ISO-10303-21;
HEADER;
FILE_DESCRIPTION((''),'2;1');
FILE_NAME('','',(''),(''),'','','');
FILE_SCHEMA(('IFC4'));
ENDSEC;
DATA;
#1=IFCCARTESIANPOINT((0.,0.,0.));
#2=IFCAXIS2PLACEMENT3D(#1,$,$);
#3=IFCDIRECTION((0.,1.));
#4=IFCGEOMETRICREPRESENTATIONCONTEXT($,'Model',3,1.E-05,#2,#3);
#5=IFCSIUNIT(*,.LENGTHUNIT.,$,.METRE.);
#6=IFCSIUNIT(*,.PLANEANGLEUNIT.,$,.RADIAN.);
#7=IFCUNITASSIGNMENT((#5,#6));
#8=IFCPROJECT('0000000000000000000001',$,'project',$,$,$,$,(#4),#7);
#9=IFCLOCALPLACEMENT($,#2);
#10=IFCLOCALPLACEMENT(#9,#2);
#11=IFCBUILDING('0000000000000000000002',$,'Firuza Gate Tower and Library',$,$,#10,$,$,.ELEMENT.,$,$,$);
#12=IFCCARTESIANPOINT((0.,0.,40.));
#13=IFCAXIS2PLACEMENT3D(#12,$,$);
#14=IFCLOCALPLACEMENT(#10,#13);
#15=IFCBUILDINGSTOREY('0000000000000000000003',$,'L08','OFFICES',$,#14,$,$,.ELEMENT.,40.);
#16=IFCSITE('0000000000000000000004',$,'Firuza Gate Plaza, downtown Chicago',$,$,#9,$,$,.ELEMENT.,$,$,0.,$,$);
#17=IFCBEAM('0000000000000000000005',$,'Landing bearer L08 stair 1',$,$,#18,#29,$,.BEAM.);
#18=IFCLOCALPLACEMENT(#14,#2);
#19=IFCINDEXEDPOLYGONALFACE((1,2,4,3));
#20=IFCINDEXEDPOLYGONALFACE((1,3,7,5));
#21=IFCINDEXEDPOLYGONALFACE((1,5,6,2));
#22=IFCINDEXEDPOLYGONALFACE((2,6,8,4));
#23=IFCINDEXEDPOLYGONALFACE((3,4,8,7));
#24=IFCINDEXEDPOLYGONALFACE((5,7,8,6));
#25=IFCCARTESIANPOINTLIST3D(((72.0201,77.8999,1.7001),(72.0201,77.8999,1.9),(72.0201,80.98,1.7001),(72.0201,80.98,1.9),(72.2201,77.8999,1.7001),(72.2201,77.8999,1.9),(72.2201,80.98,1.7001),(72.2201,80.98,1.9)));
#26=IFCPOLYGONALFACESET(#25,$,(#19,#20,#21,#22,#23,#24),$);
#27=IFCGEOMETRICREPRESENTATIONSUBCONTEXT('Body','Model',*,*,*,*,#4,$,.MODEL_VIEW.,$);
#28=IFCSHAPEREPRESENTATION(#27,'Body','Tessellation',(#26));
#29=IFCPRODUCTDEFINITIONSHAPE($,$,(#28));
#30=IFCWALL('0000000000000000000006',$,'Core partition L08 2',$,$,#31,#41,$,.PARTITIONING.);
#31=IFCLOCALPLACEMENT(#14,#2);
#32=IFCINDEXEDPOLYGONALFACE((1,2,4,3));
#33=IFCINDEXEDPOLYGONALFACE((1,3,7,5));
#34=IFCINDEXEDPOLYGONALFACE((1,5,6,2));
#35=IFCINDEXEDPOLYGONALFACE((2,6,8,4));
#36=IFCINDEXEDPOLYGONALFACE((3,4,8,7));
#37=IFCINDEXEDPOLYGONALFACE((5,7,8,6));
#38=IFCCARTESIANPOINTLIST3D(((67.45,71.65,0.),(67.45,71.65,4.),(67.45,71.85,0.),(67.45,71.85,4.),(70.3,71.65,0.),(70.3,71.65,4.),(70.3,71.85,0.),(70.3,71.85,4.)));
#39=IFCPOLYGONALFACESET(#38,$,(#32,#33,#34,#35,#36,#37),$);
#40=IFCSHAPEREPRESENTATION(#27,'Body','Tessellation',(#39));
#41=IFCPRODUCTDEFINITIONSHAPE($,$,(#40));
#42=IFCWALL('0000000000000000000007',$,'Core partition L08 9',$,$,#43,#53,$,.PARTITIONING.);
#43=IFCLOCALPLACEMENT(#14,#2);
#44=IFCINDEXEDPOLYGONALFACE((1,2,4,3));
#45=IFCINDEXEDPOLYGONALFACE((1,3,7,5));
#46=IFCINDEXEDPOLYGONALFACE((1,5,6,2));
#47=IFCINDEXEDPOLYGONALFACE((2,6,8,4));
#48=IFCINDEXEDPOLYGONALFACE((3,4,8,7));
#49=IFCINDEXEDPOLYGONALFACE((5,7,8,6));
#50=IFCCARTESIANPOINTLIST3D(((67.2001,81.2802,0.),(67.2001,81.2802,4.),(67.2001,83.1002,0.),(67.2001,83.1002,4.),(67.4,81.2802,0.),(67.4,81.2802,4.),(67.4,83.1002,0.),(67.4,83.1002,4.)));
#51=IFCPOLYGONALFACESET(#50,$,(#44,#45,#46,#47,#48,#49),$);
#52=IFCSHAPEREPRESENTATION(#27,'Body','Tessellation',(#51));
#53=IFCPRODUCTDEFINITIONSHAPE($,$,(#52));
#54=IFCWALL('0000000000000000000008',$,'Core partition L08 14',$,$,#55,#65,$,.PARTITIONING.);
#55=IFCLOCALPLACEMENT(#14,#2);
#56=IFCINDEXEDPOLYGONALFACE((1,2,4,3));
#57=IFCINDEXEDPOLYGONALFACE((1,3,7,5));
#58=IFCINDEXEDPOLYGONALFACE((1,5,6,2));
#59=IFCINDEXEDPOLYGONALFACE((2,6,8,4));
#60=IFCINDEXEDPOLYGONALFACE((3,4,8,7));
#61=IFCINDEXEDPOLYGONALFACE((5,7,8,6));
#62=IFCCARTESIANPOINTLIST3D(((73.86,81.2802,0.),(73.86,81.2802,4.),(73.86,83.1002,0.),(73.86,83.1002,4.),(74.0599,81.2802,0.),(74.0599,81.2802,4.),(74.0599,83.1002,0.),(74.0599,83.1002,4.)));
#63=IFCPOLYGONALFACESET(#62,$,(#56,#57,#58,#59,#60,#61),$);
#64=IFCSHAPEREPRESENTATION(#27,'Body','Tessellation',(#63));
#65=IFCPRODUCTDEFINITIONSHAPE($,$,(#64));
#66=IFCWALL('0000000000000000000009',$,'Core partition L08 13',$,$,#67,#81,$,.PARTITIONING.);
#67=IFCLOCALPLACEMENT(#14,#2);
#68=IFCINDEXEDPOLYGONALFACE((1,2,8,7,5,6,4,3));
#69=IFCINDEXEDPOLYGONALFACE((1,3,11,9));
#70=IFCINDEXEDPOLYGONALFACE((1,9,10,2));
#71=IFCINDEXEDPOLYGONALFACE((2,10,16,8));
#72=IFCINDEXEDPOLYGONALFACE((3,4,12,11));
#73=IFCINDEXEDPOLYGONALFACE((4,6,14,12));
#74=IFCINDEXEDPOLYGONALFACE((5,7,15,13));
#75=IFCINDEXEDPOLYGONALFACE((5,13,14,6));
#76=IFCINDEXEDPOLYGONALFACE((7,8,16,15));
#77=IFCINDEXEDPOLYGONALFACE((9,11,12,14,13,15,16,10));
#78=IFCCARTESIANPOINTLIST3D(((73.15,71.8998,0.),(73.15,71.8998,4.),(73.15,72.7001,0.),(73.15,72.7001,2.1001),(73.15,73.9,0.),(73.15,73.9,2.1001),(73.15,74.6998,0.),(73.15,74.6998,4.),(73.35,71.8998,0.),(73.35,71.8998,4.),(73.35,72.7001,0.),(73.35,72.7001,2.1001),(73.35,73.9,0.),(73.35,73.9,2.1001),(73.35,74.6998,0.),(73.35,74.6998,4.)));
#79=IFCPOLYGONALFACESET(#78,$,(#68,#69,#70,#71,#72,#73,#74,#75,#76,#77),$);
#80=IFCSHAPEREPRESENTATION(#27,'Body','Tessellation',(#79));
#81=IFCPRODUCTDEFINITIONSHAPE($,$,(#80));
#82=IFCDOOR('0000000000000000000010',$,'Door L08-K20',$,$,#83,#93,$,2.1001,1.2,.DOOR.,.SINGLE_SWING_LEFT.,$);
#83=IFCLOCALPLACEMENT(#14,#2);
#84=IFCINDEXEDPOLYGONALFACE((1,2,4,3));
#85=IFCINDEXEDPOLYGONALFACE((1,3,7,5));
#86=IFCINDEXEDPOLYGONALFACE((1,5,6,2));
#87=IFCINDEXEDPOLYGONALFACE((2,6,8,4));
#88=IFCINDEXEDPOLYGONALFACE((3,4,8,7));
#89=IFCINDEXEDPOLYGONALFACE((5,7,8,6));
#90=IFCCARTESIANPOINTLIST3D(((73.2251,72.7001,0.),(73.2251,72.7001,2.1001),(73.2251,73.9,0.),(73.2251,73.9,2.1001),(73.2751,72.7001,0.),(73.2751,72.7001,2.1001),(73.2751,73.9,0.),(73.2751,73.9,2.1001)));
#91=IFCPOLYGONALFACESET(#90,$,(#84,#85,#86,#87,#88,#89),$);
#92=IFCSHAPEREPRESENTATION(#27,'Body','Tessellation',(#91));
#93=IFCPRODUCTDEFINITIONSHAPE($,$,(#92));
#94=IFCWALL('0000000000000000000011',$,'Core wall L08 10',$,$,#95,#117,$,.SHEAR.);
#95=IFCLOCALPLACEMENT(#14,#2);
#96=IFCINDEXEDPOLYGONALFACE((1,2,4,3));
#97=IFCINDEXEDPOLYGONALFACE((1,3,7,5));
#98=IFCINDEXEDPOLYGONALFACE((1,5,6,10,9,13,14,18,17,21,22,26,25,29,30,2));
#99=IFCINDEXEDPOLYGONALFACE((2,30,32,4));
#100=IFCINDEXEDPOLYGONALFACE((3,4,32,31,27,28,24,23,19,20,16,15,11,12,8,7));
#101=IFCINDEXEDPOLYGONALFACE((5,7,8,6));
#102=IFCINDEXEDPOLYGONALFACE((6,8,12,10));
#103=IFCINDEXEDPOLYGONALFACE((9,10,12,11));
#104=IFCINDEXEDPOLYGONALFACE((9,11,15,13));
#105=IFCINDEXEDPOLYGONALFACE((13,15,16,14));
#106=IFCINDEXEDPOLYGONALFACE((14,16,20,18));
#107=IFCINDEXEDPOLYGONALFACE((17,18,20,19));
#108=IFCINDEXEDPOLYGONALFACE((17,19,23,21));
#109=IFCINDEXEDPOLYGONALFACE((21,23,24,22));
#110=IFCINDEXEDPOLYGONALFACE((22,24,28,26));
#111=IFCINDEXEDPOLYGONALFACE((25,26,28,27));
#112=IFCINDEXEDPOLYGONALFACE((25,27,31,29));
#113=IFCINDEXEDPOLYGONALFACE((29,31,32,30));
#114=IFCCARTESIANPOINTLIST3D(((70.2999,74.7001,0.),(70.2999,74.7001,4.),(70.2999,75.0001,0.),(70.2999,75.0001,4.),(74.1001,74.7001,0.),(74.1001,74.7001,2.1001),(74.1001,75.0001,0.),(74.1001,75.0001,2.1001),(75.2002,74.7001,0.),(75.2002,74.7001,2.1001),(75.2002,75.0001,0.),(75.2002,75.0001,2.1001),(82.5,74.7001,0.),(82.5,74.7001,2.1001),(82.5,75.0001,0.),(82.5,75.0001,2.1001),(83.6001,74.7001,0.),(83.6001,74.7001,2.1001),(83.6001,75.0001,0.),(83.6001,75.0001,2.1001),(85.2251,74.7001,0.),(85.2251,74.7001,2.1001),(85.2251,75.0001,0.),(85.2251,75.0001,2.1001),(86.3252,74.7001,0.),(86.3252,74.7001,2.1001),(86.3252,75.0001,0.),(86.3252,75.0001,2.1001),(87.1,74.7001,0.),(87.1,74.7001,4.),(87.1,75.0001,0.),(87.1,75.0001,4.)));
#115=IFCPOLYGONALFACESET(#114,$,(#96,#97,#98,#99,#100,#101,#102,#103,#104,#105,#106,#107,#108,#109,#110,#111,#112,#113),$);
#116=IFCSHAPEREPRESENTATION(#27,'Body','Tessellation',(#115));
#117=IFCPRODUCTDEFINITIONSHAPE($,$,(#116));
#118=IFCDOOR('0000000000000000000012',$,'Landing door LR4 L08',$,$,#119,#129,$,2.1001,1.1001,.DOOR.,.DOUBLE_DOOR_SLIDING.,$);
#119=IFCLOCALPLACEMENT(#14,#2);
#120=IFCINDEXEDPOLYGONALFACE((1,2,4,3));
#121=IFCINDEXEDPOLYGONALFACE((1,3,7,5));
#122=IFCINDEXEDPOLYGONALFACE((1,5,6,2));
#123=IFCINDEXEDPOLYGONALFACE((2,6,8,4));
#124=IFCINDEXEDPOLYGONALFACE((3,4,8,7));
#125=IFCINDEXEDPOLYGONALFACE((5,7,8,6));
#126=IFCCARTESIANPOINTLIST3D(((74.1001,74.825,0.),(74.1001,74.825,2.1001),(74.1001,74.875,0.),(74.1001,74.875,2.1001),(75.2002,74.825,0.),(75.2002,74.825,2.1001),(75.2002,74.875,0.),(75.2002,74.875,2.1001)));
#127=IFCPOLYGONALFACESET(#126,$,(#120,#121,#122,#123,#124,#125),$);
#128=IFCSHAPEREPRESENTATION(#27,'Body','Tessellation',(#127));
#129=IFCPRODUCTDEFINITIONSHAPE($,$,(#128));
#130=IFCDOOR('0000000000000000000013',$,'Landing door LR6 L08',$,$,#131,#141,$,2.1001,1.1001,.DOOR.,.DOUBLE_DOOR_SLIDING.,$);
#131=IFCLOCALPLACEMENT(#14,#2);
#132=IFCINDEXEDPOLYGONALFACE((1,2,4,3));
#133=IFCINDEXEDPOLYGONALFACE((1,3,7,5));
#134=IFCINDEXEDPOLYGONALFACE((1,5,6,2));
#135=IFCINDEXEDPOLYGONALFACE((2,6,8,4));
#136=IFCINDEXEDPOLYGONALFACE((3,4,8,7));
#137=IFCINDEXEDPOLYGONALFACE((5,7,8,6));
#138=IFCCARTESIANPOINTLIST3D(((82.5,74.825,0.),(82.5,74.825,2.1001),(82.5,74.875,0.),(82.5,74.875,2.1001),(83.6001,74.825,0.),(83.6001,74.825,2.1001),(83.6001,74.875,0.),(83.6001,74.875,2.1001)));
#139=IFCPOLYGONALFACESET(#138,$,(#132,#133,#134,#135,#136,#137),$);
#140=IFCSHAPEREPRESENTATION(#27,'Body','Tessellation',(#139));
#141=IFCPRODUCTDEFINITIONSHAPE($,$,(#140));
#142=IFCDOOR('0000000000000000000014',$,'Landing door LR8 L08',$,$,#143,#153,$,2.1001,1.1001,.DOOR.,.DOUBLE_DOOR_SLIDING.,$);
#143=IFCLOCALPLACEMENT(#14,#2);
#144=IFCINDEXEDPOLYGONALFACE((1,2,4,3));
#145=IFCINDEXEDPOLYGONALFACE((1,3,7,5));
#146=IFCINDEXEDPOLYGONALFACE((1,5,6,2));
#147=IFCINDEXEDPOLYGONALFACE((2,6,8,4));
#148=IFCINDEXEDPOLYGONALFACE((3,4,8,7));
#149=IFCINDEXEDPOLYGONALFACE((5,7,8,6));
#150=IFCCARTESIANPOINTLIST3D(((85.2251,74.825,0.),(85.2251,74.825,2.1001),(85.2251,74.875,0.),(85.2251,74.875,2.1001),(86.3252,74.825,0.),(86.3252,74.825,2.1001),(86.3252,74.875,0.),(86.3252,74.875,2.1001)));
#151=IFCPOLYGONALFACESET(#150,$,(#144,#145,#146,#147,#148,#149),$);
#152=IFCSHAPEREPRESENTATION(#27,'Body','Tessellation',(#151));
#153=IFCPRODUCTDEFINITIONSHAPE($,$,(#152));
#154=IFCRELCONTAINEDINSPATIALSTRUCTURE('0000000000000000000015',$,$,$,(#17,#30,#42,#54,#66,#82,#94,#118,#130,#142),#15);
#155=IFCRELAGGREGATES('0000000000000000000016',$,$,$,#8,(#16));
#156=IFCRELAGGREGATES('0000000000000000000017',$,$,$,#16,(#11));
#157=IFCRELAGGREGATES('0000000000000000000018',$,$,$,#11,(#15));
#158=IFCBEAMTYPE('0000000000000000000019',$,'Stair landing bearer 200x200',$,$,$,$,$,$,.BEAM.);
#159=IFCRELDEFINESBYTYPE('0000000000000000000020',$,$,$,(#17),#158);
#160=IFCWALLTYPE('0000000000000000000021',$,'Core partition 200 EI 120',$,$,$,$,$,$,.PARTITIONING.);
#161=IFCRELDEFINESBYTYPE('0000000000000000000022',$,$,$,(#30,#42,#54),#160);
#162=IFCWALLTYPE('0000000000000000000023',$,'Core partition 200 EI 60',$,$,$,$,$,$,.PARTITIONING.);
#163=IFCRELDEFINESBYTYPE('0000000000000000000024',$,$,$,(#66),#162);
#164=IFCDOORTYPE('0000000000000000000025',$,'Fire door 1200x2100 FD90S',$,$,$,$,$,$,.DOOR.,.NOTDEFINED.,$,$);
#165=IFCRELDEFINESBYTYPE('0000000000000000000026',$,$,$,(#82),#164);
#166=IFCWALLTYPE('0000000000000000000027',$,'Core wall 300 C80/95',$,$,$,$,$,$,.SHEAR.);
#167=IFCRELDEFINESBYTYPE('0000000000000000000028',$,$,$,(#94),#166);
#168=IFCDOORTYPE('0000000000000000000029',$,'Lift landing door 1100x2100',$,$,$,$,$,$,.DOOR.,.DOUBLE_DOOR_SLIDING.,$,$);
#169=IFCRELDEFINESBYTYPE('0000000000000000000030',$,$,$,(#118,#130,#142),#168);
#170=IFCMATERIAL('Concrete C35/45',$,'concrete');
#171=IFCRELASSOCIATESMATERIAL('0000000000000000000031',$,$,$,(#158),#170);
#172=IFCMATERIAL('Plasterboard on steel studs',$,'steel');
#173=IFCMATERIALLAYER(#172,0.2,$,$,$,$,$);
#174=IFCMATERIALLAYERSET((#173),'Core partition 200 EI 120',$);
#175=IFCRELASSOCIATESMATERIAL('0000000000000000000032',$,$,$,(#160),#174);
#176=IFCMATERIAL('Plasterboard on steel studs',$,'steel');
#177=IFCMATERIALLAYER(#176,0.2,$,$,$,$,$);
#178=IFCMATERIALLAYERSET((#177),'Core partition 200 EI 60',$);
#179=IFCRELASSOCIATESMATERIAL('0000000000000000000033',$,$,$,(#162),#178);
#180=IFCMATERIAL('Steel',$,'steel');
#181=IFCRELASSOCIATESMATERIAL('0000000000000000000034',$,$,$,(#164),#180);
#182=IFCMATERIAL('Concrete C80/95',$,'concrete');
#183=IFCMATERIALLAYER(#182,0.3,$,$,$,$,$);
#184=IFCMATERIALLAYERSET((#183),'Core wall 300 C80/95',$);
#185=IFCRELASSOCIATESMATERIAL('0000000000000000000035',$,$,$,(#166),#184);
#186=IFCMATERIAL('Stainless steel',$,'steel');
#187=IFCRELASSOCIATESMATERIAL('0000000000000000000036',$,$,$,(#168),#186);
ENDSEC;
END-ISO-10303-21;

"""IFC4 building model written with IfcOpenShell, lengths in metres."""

from ifc_helpers import new_model, si_unit, direction, frame, frame_2d, origin, origin_2d, place, context, subcontext, project, spatial, rectangle, extrude, material, layer, layer_set, material_profile, profile_set, type_object, element, fill, save


model = new_model("IFC4")

# Units and contexts
model_context = context("Model", 3, precision=1e-05, world=origin(), true_north=direction((0.0, 1.0)))
body_context = subcontext(model_context, "Body", "Model", "MODEL_VIEW")
ifc_project = project(units=[si_unit("LENGTHUNIT", "METRE"), si_unit("PLANEANGLEUNIT", "RADIAN")], contexts=[model_context])

# Site, building, storey
site_placement = place(None, origin())
site = spatial("IfcSite", under=ifc_project, at=site_placement, Name="Firuza Gate Plaza, downtown Chicago", CompositionType="ELEMENT", RefElevation=0.0)
building_placement = place(site_placement, origin())
building = spatial("IfcBuilding", under=site, at=building_placement, Name="Firuza Gate Tower and Library", CompositionType="ELEMENT")
storey_placement = place(building_placement, frame((0.0, 0.0, 40.0)))
storey = spatial("IfcBuildingStorey", under=building, at=storey_placement, Name="L08", Description="OFFICES", CompositionType="ELEMENT", Elevation=40.0)

# Beam
ifc_material_1 = material(Name="Concrete C35/45", Category="concrete")
ifc_material_profile = material_profile(ifc_material_1, rectangle(XDim=0.2, YDim=0.2, at=origin_2d()))
ifc_profile_set = profile_set([ifc_material_profile], Name="Concrete C35/45")
beam_type = type_object("IfcBeamType", Name="Stair landing bearer 200x200", PredefinedType="BEAM", material=ifc_profile_set)
beam_placement = place(storey_placement, frame((72.1201, 77.8999, 1.8), z_axis=(0.0, 1.0, 0.0), x_axis=(-1.0, 0.0, 0.0)))
element("IfcBeam", 1, at=beam_placement, inside=storey, type_object=beam_type, Name="Landing bearer L08 stair 1", PredefinedType="BEAM", context=body_context, shape_type="SweptSolid", body=[
    extrude(rectangle(XDim=0.2, YDim=0.2, at=origin_2d()), origin(), (0.0, 0.0, 1.0), 3.0801),
])

# Walls
ifc_material_2 = material(Name="Plasterboard on steel studs", Category="steel")
ifc_layer_1 = layer(ifc_material_2, 0.2)
ifc_layer_set_1 = layer_set([ifc_layer_1], Name="Core partition 200 EI 120")
wall_type_1 = type_object("IfcWallType", Name="Core partition 200 EI 120", PredefinedType="PARTITIONING", material=ifc_layer_set_1)
wall_1_placement = place(storey_placement, frame((67.45, 71.75, 0.0), z_axis=(0.0, 0.0, 1.0), x_axis=(1.0, 0.0, 0.0)))
element("IfcWall", 2, at=wall_1_placement, inside=storey, type_object=wall_type_1, Name="Core partition L08 2", PredefinedType="PARTITIONING", context=body_context, shape_type="SweptSolid", body=[
    extrude(rectangle(XDim=2.8501, YDim=0.2, at=frame_2d((1.425, 0.0))), origin(), (0.0, 0.0, 1.0), 4.0),
])
for number, where, z_axis, x_axis, name in (
    (3, (67.3, 81.28, 0.0), (0.0, 0.0, 1.0), (0.0, 1.0, 0.0), "Core partition L08 9"),
    (4, (73.96, 81.28, 0.0), (0.0, 0.0, 1.0), (0.0, 1.0, 0.0), "Core partition L08 14"),
):
    element("IfcWall", number, at=place(storey_placement, frame(where, z_axis=z_axis, x_axis=x_axis)), inside=storey, type_object=wall_type_1, Name=name, PredefinedType="PARTITIONING", context=body_context, shape_type="SweptSolid", body=[
        extrude(rectangle(XDim=1.8201, YDim=0.2, at=frame_2d((0.9102, 0.0))), origin(), (0.0, 0.0, 1.0), 4.0),
    ])

# Wall, opening, door
ifc_material_3 = material(Name="Plasterboard on steel studs", Category="steel")
ifc_layer_2 = layer(ifc_material_3, 0.2)
ifc_layer_set_2 = layer_set([ifc_layer_2], Name="Core partition 200 EI 60")
wall_type_2 = type_object("IfcWallType", Name="Core partition 200 EI 60", PredefinedType="PARTITIONING", material=ifc_layer_set_2)
wall_2_placement = place(storey_placement, frame((73.25, 71.8999, 0.0), z_axis=(0.0, 0.0, 1.0), x_axis=(0.0, 1.0, 0.0)))
wall_2 = element("IfcWall", 5, at=wall_2_placement, inside=storey, type_object=wall_type_2, Name="Core partition L08 13", PredefinedType="PARTITIONING", context=body_context, shape_type="SweptSolid", body=[
    extrude(rectangle(XDim=2.8, YDim=0.2, at=frame_2d((1.3999, 0.0))), origin(), (0.0, 0.0, 1.0), 4.0),
])
opening_1_placement = place(wall_2_placement, frame((0.8, 0.0, 0.0)))
opening_1 = element("IfcOpeningElement", 6, at=opening_1_placement, cuts=wall_2, PredefinedType="OPENING", context=body_context, shape_type="SweptSolid", body=[
    extrude(rectangle(XDim=1.2, YDim=2.1001, at=frame_2d((0.6001, 1.05))), frame((0.0, 0.1099, 0.0), z_axis=(0.0, -1.0, 0.0), x_axis=(1.0, 0.0, 0.0)), (0.0, 0.0, 1.0), 0.22),
])
ifc_material_4 = material(Name="Steel", Category="steel")
door_type_1 = type_object("IfcDoorType", Name="Fire door 1200x2100 FD90S", OperationType="NOTDEFINED", PredefinedType="DOOR", material=ifc_material_4)
door_1_placement = place(opening_1_placement, origin())
door_1 = element("IfcDoor", 7, at=door_1_placement, inside=storey, type_object=door_type_1, Name="Door L08-K20", OperationType="SINGLE_SWING_LEFT", OverallHeight=2.1001, OverallWidth=1.2, PredefinedType="DOOR", context=body_context, shape_type="SweptSolid", body=[
    extrude(rectangle(XDim=1.2, YDim=2.1001, at=frame_2d((0.6001, 1.05))), frame((0.0, 0.0249, 0.0), z_axis=(0.0, -1.0, 0.0), x_axis=(1.0, 0.0, 0.0)), (0.0, 0.0, 1.0), 0.05),
])
fill(opening_1, door_1)

# Wall, openings, doors
ifc_material_5 = material(Name="Concrete C80/95", Category="concrete")
ifc_layer_3 = layer(ifc_material_5, 0.3)
ifc_layer_set_3 = layer_set([ifc_layer_3], Name="Core wall 300 C80/95")
wall_type_3 = type_object("IfcWallType", Name="Core wall 300 C80/95", PredefinedType="SHEAR", material=ifc_layer_set_3)
wall_3_placement = place(storey_placement, frame((70.3, 74.8501, 0.0), z_axis=(0.0, 0.0, 1.0), x_axis=(1.0, 0.0, 0.0)))
wall_3 = element("IfcWall", 8, at=wall_3_placement, inside=storey, type_object=wall_type_3, Name="Core wall L08 10", PredefinedType="SHEAR", context=body_context, shape_type="SweptSolid", body=[
    extrude(rectangle(XDim=16.8, YDim=0.3, at=frame_2d((8.3999, 0.0))), origin(), (0.0, 0.0, 1.0), 4.0),
])
opening_2_placement = place(wall_3_placement, frame((3.8, 0.0, 0.0)))
opening_2 = element("IfcOpeningElement", 9, at=opening_2_placement, cuts=wall_3, PredefinedType="OPENING", context=body_context, shape_type="SweptSolid", body=[
    extrude(rectangle(XDim=1.1001, YDim=2.1001, at=frame_2d((0.55, 1.05))), frame((0.0, 0.1602, 0.0), z_axis=(0.0, -1.0, 0.0), x_axis=(1.0, 0.0, 0.0)), (0.0, 0.0, 1.0), 0.3201),
])
opening_3_placement = place(wall_3_placement, frame((12.2, 0.0, 0.0)))
opening_3 = element("IfcOpeningElement", 10, at=opening_3_placement, cuts=wall_3, PredefinedType="OPENING", context=body_context, shape_type="SweptSolid", body=[
    extrude(rectangle(XDim=1.1001, YDim=2.1001, at=frame_2d((0.55, 1.05))), frame((0.0, 0.1602, 0.0), z_axis=(0.0, -1.0, 0.0), x_axis=(1.0, 0.0, 0.0)), (0.0, 0.0, 1.0), 0.3201),
])
opening_4_placement = place(wall_3_placement, frame((14.925, 0.0, 0.0)))
opening_4 = element("IfcOpeningElement", 11, at=opening_4_placement, cuts=wall_3, PredefinedType="OPENING", context=body_context, shape_type="SweptSolid", body=[
    extrude(rectangle(XDim=1.1001, YDim=2.1001, at=frame_2d((0.55, 1.05))), frame((0.0, 0.1602, 0.0), z_axis=(0.0, -1.0, 0.0), x_axis=(1.0, 0.0, 0.0)), (0.0, 0.0, 1.0), 0.3201),
])
ifc_material_6 = material(Name="Stainless steel", Category="steel")
door_type_2 = type_object("IfcDoorType", Name="Lift landing door 1100x2100", OperationType="DOUBLE_DOOR_SLIDING", PredefinedType="DOOR", material=ifc_material_6)
door_2_placement = place(opening_2_placement, origin())
door_2 = element("IfcDoor", 12, at=door_2_placement, inside=storey, type_object=door_type_2, Name="Landing door LR4 L08", OperationType="DOUBLE_DOOR_SLIDING", OverallHeight=2.1001, OverallWidth=1.1001, PredefinedType="DOOR", context=body_context, shape_type="SweptSolid", body=[
    extrude(rectangle(XDim=1.1001, YDim=2.1001, at=frame_2d((0.55, 1.05))), frame((0.0, 0.0249, 0.0), z_axis=(0.0, -1.0, 0.0), x_axis=(1.0, 0.0, 0.0)), (0.0, 0.0, 1.0), 0.05),
])
fill(opening_2, door_2)
door_3_placement = place(opening_3_placement, origin())
door_3 = element("IfcDoor", 13, at=door_3_placement, inside=storey, type_object=door_type_2, Name="Landing door LR6 L08", OperationType="DOUBLE_DOOR_SLIDING", OverallHeight=2.1001, OverallWidth=1.1001, PredefinedType="DOOR", context=body_context, shape_type="SweptSolid", body=[
    extrude(rectangle(XDim=1.1001, YDim=2.1001, at=frame_2d((0.55, 1.05))), frame((0.0, 0.0249, 0.0), z_axis=(0.0, -1.0, 0.0), x_axis=(1.0, 0.0, 0.0)), (0.0, 0.0, 1.0), 0.05),
])
fill(opening_3, door_3)
door_4_placement = place(opening_4_placement, origin())
door_4 = element("IfcDoor", 14, at=door_4_placement, inside=storey, type_object=door_type_2, Name="Landing door LR8 L08", OperationType="DOUBLE_DOOR_SLIDING", OverallHeight=2.1001, OverallWidth=1.1001, PredefinedType="DOOR", context=body_context, shape_type="SweptSolid", body=[
    extrude(rectangle(XDim=1.1001, YDim=2.1001, at=frame_2d((0.55, 1.05))), frame((0.0, 0.0249, 0.0), z_axis=(0.0, -1.0, 0.0), x_axis=(1.0, 0.0, 0.0)), (0.0, 0.0, 1.0), 0.05),
])
fill(opening_4, door_4)

save(model, "model.ifc")
